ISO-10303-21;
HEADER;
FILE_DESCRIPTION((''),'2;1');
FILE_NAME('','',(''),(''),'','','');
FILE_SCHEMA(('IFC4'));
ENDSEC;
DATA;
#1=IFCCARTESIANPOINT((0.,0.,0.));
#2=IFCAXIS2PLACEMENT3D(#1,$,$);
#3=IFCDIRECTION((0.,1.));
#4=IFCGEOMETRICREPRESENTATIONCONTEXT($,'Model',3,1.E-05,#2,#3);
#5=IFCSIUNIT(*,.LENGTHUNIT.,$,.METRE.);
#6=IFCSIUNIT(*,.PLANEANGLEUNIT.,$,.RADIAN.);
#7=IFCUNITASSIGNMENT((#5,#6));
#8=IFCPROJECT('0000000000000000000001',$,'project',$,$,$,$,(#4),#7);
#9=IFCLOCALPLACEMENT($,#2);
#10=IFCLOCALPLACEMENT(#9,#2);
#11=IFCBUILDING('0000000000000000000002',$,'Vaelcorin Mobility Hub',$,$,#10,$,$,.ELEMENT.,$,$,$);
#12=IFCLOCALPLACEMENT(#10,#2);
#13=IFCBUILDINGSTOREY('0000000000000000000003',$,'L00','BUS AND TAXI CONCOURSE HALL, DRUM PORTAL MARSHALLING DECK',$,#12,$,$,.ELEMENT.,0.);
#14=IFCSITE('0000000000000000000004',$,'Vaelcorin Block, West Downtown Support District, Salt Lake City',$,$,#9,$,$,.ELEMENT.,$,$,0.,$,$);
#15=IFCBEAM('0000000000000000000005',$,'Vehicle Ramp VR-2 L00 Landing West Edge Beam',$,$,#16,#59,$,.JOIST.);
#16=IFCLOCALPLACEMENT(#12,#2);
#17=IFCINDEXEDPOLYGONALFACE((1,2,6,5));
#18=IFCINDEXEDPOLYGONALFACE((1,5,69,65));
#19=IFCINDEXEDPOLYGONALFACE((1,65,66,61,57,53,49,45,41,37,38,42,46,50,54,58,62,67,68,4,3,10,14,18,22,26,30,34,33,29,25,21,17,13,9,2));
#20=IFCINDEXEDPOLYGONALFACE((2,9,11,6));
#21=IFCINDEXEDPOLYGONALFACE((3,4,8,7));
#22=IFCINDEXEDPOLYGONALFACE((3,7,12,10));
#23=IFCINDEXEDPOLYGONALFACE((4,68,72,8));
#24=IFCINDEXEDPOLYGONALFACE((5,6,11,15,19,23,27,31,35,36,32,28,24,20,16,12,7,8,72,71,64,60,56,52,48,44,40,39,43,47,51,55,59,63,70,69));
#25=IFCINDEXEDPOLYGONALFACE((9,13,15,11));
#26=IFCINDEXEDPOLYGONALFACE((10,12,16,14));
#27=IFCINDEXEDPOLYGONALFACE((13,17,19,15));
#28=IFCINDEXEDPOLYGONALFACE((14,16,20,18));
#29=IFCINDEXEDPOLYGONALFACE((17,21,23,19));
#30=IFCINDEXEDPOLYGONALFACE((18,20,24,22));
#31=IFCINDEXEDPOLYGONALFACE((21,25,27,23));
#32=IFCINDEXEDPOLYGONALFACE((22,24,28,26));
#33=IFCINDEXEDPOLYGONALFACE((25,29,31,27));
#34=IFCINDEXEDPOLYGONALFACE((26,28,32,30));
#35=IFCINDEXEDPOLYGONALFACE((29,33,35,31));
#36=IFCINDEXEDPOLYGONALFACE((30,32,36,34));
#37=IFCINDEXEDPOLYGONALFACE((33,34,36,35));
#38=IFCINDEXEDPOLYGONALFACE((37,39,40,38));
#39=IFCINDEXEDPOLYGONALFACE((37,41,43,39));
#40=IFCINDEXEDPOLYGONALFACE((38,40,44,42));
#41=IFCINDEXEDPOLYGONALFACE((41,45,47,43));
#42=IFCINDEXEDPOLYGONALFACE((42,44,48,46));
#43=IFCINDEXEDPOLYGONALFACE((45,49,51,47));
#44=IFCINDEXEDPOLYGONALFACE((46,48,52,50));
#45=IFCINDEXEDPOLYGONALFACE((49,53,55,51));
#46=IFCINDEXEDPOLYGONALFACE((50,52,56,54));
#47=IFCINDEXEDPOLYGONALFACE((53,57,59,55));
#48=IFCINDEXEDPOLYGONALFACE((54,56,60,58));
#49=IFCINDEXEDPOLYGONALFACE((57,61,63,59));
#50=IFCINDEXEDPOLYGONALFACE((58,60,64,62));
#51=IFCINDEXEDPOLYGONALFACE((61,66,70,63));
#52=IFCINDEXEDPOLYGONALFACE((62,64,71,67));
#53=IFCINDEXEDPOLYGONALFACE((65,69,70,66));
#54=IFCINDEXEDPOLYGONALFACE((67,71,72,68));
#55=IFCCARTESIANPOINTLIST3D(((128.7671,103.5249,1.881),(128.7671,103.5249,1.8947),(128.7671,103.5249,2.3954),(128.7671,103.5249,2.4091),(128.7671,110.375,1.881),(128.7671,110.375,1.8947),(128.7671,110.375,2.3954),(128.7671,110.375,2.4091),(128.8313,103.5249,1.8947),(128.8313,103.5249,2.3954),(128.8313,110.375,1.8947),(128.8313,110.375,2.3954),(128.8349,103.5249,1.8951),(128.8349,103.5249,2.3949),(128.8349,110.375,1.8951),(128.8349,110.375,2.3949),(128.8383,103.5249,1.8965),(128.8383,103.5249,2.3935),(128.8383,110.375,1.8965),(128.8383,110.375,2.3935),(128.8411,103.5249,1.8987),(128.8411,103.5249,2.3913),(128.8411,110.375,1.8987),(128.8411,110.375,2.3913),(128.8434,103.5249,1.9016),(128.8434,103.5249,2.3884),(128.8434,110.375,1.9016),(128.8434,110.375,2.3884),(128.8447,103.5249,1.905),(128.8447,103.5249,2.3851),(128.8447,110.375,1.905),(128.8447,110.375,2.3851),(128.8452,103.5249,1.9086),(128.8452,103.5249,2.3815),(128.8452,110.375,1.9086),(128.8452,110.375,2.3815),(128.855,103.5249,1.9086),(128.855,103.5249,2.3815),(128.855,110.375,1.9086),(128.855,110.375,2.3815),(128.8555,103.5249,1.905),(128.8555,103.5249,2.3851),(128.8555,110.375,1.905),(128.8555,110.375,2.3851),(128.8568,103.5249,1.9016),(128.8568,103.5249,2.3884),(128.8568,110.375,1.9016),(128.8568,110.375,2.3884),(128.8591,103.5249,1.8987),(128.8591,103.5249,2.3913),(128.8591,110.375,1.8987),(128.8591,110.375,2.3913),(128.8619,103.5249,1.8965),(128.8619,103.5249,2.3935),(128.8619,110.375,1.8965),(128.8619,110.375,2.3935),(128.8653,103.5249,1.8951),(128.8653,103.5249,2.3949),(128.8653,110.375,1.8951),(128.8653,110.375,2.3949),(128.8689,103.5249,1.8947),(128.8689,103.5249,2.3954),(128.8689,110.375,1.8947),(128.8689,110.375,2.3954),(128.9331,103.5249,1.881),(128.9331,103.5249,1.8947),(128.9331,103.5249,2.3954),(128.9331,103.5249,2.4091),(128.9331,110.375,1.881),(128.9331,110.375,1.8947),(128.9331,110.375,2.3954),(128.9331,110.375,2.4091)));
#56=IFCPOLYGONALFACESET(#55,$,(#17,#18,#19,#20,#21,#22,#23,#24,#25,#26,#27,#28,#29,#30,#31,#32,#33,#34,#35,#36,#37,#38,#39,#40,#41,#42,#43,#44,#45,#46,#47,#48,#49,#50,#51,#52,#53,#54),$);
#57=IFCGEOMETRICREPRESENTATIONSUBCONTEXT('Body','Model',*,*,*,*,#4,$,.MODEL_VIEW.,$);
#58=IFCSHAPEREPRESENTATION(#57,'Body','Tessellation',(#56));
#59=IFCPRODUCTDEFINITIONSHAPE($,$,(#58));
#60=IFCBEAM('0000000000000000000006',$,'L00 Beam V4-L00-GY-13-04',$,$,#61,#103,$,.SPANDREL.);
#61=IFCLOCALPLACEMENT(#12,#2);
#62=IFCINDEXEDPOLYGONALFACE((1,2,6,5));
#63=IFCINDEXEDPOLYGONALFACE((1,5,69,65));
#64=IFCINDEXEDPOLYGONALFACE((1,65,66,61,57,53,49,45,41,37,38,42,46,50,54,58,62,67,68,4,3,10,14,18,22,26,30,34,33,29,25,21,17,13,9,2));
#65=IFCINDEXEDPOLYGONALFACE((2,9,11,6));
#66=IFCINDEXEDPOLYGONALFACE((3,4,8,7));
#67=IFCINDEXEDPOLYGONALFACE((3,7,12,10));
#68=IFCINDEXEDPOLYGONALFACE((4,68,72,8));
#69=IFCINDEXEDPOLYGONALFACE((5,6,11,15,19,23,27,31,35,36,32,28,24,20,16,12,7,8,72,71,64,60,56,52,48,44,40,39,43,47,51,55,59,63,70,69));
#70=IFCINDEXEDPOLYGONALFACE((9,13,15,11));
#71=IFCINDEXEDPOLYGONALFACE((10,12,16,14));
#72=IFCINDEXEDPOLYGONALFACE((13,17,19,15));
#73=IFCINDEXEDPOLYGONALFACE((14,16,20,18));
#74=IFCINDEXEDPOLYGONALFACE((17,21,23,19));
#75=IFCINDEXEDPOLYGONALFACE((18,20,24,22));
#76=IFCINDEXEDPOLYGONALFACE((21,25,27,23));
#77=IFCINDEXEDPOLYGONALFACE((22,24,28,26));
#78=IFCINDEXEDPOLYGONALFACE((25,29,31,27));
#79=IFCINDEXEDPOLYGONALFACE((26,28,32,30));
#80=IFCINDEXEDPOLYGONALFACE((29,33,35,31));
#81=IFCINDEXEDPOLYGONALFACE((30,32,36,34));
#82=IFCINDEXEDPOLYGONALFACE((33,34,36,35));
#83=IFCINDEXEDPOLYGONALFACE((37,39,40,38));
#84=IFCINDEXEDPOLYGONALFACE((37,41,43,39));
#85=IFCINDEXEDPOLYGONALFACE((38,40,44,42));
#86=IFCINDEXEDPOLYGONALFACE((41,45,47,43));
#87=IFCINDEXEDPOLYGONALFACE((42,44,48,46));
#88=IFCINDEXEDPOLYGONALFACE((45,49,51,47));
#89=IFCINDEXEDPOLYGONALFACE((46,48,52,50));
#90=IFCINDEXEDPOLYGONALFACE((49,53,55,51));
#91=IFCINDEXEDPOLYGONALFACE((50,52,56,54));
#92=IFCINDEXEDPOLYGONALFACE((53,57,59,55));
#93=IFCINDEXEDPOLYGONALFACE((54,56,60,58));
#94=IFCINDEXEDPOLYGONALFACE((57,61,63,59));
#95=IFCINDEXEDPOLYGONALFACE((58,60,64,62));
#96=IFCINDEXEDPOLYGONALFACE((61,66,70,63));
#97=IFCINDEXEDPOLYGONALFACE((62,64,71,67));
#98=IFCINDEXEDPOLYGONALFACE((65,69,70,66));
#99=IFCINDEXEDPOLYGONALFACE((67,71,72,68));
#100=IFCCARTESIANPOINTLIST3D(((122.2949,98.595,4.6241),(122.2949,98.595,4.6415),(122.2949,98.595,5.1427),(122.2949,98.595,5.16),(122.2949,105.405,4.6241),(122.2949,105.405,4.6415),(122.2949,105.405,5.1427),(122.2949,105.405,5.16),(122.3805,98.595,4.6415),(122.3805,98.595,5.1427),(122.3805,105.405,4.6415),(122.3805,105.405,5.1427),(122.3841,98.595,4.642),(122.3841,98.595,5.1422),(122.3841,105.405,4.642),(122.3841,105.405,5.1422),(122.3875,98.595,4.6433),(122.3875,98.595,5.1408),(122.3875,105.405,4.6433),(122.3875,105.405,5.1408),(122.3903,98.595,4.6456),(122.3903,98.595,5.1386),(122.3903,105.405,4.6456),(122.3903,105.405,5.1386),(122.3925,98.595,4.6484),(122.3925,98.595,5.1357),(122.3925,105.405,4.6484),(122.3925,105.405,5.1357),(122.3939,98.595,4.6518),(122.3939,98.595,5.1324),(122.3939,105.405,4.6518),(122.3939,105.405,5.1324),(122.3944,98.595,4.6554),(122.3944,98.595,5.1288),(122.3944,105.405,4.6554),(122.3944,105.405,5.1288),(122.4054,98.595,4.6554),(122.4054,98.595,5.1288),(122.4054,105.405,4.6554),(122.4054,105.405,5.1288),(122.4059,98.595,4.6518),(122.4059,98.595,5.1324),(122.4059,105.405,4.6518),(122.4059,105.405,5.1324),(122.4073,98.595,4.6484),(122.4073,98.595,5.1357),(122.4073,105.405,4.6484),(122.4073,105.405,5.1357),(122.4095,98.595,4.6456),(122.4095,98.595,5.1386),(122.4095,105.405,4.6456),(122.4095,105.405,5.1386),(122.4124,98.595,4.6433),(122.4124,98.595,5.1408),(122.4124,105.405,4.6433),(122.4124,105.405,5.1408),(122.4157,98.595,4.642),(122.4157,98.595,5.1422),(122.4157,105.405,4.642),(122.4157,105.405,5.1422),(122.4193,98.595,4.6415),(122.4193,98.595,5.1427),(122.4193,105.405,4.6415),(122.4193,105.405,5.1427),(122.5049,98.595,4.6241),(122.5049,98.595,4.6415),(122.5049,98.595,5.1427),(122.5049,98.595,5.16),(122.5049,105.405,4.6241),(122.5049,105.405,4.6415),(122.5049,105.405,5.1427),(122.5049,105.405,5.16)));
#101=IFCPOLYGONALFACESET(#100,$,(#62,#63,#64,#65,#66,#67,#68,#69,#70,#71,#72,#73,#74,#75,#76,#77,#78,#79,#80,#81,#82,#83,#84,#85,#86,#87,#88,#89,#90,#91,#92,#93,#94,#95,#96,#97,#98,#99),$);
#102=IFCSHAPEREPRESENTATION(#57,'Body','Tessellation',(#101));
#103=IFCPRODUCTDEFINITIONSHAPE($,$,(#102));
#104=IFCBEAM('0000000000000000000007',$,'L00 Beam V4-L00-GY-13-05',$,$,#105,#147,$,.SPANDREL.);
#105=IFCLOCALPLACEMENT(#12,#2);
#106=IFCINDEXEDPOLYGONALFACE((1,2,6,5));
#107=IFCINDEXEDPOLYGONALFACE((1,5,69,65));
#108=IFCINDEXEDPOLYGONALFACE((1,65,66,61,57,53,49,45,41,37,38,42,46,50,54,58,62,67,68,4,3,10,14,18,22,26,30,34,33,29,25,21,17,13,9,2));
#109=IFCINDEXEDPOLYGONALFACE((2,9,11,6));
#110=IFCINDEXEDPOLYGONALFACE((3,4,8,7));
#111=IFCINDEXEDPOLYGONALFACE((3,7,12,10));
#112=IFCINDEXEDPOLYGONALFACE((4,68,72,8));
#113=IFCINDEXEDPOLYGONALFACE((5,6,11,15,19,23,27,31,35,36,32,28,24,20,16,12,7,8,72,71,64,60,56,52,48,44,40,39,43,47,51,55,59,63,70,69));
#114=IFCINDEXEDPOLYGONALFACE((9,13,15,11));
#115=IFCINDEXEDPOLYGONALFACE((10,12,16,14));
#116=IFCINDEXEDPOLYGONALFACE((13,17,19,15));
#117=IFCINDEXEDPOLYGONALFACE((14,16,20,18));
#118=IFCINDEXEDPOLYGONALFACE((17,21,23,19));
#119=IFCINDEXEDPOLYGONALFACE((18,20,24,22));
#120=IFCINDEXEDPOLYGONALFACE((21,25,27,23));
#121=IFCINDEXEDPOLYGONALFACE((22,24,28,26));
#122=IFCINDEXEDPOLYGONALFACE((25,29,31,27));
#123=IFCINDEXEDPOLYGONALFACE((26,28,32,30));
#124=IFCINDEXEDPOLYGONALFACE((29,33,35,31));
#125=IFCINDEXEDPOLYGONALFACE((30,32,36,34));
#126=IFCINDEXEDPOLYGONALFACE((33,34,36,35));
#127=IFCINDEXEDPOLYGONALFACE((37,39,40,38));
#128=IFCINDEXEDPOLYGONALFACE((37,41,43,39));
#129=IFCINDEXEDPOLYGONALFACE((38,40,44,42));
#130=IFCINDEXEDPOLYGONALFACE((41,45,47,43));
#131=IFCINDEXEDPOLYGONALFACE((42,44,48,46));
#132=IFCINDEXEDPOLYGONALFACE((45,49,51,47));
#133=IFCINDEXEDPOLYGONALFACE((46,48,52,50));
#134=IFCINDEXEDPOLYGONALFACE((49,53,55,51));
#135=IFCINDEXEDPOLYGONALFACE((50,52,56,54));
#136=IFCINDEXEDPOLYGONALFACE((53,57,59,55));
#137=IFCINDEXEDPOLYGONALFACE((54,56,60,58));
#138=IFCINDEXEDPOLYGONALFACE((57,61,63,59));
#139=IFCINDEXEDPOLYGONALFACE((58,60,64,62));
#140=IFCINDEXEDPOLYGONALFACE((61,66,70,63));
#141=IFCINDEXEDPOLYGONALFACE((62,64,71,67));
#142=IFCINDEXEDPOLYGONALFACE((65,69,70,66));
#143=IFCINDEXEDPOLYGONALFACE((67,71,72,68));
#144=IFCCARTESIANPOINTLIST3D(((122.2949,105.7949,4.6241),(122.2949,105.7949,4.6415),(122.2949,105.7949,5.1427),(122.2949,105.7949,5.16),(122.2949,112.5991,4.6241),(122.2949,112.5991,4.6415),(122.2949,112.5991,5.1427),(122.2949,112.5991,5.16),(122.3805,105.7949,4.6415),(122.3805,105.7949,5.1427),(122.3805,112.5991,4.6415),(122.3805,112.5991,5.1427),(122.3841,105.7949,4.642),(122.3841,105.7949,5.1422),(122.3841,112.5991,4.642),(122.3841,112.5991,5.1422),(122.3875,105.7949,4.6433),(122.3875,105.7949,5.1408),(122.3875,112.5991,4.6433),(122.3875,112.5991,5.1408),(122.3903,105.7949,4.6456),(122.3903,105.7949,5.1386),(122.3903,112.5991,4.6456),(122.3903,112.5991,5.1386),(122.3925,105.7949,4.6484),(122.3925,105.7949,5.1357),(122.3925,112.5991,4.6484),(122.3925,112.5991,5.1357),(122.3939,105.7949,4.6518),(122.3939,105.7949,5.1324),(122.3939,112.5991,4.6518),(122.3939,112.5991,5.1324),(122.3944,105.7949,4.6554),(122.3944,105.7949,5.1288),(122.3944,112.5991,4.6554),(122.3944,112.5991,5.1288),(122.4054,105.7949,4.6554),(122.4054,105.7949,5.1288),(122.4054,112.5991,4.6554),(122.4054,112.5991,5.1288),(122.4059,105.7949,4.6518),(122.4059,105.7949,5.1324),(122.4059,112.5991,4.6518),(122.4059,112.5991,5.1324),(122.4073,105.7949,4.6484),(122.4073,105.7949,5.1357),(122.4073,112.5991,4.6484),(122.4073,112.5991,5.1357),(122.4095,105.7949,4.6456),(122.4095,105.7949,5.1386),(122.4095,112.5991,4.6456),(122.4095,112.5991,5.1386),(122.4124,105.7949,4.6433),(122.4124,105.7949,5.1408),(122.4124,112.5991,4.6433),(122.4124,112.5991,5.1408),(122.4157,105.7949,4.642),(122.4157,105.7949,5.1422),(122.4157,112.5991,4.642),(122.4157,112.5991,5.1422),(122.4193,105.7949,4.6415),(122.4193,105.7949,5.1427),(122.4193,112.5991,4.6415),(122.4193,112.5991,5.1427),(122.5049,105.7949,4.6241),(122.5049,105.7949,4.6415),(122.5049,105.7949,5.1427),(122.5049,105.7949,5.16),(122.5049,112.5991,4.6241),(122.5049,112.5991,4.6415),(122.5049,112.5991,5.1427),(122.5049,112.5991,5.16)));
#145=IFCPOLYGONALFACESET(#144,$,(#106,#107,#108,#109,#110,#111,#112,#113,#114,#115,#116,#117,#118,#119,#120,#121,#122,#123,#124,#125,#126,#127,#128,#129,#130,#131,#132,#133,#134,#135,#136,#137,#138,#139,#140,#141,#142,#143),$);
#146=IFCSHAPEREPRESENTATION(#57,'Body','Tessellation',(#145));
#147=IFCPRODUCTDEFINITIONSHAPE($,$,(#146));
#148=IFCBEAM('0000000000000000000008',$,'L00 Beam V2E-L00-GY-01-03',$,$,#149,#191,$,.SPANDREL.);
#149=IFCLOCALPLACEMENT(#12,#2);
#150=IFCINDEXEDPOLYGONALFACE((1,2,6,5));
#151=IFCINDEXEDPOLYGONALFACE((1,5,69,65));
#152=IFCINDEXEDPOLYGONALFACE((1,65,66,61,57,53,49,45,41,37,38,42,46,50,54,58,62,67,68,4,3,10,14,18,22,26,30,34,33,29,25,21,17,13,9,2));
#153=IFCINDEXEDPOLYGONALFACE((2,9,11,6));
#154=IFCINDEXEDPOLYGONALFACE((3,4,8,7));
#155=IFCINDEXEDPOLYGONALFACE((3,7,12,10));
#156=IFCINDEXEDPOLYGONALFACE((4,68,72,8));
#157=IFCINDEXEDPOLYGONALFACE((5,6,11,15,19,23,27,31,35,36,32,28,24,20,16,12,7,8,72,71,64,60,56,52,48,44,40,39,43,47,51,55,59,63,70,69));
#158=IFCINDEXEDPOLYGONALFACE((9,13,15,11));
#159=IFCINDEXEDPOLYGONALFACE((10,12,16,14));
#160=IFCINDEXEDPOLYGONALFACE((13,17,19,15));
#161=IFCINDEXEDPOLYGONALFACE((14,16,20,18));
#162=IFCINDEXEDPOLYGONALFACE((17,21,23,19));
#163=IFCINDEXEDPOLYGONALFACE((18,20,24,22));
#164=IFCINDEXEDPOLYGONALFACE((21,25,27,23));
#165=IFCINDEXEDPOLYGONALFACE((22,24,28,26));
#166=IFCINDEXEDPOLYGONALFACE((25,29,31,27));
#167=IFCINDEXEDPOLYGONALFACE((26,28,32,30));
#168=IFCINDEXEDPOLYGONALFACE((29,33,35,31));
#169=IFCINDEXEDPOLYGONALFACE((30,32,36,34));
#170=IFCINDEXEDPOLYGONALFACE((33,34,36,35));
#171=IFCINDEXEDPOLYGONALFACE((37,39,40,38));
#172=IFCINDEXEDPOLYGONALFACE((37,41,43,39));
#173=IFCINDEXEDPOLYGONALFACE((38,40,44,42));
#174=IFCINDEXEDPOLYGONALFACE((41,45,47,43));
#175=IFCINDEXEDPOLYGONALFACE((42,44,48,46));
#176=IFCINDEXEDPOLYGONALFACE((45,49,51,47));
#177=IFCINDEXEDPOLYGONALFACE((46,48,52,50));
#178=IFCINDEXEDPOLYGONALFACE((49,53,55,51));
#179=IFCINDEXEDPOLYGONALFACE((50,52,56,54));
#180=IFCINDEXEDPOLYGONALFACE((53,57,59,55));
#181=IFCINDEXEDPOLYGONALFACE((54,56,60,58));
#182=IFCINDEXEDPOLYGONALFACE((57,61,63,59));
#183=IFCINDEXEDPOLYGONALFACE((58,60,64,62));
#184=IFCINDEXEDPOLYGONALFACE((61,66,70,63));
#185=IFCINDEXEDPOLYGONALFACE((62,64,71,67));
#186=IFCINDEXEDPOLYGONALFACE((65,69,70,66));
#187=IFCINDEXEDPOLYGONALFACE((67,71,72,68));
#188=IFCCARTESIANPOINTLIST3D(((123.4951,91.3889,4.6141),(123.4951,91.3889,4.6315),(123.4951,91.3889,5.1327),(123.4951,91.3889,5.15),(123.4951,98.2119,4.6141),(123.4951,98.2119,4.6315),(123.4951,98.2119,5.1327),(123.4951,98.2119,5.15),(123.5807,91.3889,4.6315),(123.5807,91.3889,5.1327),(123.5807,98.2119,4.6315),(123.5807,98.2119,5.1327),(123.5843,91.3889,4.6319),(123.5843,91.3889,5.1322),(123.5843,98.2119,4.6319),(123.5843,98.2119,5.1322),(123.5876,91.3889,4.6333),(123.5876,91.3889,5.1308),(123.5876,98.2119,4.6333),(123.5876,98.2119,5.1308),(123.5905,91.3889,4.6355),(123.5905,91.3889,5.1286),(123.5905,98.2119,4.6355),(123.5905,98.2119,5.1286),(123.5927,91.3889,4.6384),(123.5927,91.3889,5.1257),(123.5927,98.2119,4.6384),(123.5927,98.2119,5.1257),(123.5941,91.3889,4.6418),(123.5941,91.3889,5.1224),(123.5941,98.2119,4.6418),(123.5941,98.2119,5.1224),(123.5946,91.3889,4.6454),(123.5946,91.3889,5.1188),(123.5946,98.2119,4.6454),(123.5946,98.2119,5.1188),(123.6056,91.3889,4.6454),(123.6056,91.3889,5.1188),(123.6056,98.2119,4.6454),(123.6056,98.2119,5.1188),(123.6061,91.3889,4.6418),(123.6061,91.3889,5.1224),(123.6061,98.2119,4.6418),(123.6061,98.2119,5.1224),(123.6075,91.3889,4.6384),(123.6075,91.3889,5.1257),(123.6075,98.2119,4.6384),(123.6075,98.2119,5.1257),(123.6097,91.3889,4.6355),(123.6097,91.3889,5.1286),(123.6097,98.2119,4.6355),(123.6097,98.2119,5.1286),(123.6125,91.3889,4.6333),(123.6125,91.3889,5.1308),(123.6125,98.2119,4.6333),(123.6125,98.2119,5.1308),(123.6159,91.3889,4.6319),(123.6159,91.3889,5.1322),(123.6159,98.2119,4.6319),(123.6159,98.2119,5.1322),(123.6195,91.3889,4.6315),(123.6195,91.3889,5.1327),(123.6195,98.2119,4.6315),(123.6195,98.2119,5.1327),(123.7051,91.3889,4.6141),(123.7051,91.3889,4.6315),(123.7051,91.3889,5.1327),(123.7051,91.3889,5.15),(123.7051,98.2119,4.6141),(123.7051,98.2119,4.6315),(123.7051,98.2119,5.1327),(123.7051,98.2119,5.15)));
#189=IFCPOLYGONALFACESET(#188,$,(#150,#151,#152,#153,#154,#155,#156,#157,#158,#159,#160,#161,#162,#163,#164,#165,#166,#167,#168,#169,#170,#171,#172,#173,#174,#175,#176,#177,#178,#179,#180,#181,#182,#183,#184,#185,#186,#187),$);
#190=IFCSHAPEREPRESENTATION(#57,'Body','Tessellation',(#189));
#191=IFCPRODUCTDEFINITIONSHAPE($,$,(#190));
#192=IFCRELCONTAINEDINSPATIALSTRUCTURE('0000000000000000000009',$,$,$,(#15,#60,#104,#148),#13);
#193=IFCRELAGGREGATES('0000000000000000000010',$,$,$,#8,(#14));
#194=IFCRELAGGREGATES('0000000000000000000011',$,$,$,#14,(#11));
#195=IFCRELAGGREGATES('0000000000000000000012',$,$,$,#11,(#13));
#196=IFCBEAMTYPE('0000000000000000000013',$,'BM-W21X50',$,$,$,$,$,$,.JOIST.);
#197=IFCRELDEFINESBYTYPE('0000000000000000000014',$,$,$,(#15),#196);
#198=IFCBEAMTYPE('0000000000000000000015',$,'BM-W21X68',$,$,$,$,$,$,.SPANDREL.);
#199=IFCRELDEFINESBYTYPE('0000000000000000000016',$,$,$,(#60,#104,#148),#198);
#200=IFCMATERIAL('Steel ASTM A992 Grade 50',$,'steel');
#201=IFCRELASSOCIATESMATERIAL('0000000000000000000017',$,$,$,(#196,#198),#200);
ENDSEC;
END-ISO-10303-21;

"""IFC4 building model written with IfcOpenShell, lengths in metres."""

from ifc_helpers import new_model, si_unit, direction, frame, origin, origin_2d, place, context, subcontext, project, spatial, i_section, extrude, material, material_profile, profile_set, type_object, element, save


model = new_model("IFC4")

# Units and contexts
model_context = context("Model", 3, precision=1e-05, world=origin(), true_north=direction((0.0, 1.0)))
body_context = subcontext(model_context, "Body", "Model", "MODEL_VIEW")
ifc_project = project(units=[si_unit("LENGTHUNIT", "METRE"), si_unit("PLANEANGLEUNIT", "RADIAN")], contexts=[model_context])

# Site, building, storey
site_placement = place(None, origin())
site = spatial("IfcSite", under=ifc_project, at=site_placement, Name="Vaelcorin Block, West Downtown Support District, Salt Lake City", CompositionType="ELEMENT", RefElevation=0.0)
building_placement = place(site_placement, origin())
building = spatial("IfcBuilding", under=site, at=building_placement, Name="Vaelcorin Mobility Hub", CompositionType="ELEMENT")
storey_placement = place(building_placement, origin())
storey = spatial("IfcBuildingStorey", under=building, at=storey_placement, Name="L00", Description="BUS AND TAXI CONCOURSE HALL, DRUM PORTAL MARSHALLING DECK", CompositionType="ELEMENT", Elevation=0.0)

# Shared definitions
ifc_material_1 = material(Name="Steel ASTM A992 Grade 50", Category="steel")

# Beams
ifc_material_profile_1 = material_profile(ifc_material_1, i_section(OverallWidth=0.166, OverallDepth=0.5281, WebThickness=0.0098, FlangeThickness=0.0137, FilletRadius=0.0139, at=origin_2d()), Name="W21X50")
ifc_profile_set_1 = profile_set([ifc_material_profile_1], Name="Steel ASTM A992 Grade 50")
beam_type_1 = type_object("IfcBeamType", Name="BM-W21X50", PredefinedType="JOIST", material=ifc_profile_set_1)
beam_1_placement = place(storey_placement, frame((128.8501, 103.5249, 2.145), z_axis=(0.0, 1.0, 0.0), x_axis=(-1.0, 0.0, 0.0)))
element("IfcBeam", 1, at=beam_1_placement, inside=storey, type_object=beam_type_1, Name="Vehicle Ramp VR-2 L00 Landing West Edge Beam", PredefinedType="JOIST", context=body_context, shape_type="SweptSolid", body=[
    extrude(i_section(OverallWidth=0.166, OverallDepth=0.5281, WebThickness=0.0098, FlangeThickness=0.0137, FilletRadius=0.0139, at=origin_2d()), origin(), (0.0, 0.0, 1.0), 6.8501),
])
ifc_material_profile_2 = material_profile(ifc_material_1, i_section(OverallWidth=0.21, OverallDepth=0.5359, WebThickness=0.011, FlangeThickness=0.0173, FilletRadius=0.0139, at=origin_2d()), Name="W21X68")
ifc_profile_set_2 = profile_set([ifc_material_profile_2], Name="Steel ASTM A992 Grade 50")
beam_type_2 = type_object("IfcBeamType", Name="BM-W21X68", PredefinedType="SPANDREL", material=ifc_profile_set_2)
beam_2_placement = place(storey_placement, frame((122.3999, 98.595, 4.8921), z_axis=(0.0, 1.0, 0.0), x_axis=(-1.0, 0.0, 0.0)))
element("IfcBeam", 2, at=beam_2_placement, inside=storey, type_object=beam_type_2, Name="L00 Beam V4-L00-GY-13-04", PredefinedType="SPANDREL", context=body_context, shape_type="SweptSolid", body=[
    extrude(i_section(OverallWidth=0.21, OverallDepth=0.5359, WebThickness=0.011, FlangeThickness=0.0173, FilletRadius=0.0139, at=origin_2d()), origin(), (0.0, 0.0, 1.0), 6.8101),
])
beam_3_placement = place(storey_placement, frame((122.3999, 105.7949, 4.8921), z_axis=(0.0, 1.0, 0.0), x_axis=(-1.0, 0.0, 0.0)))
element("IfcBeam", 3, at=beam_3_placement, inside=storey, type_object=beam_type_2, Name="L00 Beam V4-L00-GY-13-05", PredefinedType="SPANDREL", context=body_context, shape_type="SweptSolid", body=[
    extrude(i_section(OverallWidth=0.21, OverallDepth=0.5359, WebThickness=0.011, FlangeThickness=0.0173, FilletRadius=0.0139, at=origin_2d()), origin(), (0.0, 0.0, 1.0), 6.8042),
])
beam_4_placement = place(storey_placement, frame((123.6001, 91.3889, 4.8821), z_axis=(0.0, 1.0, 0.0), x_axis=(-1.0, 0.0, 0.0)))
element("IfcBeam", 4, at=beam_4_placement, inside=storey, type_object=beam_type_2, Name="L00 Beam V2E-L00-GY-01-03", PredefinedType="SPANDREL", context=body_context, shape_type="SweptSolid", body=[
    extrude(i_section(OverallWidth=0.21, OverallDepth=0.5359, WebThickness=0.011, FlangeThickness=0.0173, FilletRadius=0.0139, at=origin_2d()), origin(), (0.0, 0.0, 1.0), 6.823),
])

save(model, "model.ifc")
